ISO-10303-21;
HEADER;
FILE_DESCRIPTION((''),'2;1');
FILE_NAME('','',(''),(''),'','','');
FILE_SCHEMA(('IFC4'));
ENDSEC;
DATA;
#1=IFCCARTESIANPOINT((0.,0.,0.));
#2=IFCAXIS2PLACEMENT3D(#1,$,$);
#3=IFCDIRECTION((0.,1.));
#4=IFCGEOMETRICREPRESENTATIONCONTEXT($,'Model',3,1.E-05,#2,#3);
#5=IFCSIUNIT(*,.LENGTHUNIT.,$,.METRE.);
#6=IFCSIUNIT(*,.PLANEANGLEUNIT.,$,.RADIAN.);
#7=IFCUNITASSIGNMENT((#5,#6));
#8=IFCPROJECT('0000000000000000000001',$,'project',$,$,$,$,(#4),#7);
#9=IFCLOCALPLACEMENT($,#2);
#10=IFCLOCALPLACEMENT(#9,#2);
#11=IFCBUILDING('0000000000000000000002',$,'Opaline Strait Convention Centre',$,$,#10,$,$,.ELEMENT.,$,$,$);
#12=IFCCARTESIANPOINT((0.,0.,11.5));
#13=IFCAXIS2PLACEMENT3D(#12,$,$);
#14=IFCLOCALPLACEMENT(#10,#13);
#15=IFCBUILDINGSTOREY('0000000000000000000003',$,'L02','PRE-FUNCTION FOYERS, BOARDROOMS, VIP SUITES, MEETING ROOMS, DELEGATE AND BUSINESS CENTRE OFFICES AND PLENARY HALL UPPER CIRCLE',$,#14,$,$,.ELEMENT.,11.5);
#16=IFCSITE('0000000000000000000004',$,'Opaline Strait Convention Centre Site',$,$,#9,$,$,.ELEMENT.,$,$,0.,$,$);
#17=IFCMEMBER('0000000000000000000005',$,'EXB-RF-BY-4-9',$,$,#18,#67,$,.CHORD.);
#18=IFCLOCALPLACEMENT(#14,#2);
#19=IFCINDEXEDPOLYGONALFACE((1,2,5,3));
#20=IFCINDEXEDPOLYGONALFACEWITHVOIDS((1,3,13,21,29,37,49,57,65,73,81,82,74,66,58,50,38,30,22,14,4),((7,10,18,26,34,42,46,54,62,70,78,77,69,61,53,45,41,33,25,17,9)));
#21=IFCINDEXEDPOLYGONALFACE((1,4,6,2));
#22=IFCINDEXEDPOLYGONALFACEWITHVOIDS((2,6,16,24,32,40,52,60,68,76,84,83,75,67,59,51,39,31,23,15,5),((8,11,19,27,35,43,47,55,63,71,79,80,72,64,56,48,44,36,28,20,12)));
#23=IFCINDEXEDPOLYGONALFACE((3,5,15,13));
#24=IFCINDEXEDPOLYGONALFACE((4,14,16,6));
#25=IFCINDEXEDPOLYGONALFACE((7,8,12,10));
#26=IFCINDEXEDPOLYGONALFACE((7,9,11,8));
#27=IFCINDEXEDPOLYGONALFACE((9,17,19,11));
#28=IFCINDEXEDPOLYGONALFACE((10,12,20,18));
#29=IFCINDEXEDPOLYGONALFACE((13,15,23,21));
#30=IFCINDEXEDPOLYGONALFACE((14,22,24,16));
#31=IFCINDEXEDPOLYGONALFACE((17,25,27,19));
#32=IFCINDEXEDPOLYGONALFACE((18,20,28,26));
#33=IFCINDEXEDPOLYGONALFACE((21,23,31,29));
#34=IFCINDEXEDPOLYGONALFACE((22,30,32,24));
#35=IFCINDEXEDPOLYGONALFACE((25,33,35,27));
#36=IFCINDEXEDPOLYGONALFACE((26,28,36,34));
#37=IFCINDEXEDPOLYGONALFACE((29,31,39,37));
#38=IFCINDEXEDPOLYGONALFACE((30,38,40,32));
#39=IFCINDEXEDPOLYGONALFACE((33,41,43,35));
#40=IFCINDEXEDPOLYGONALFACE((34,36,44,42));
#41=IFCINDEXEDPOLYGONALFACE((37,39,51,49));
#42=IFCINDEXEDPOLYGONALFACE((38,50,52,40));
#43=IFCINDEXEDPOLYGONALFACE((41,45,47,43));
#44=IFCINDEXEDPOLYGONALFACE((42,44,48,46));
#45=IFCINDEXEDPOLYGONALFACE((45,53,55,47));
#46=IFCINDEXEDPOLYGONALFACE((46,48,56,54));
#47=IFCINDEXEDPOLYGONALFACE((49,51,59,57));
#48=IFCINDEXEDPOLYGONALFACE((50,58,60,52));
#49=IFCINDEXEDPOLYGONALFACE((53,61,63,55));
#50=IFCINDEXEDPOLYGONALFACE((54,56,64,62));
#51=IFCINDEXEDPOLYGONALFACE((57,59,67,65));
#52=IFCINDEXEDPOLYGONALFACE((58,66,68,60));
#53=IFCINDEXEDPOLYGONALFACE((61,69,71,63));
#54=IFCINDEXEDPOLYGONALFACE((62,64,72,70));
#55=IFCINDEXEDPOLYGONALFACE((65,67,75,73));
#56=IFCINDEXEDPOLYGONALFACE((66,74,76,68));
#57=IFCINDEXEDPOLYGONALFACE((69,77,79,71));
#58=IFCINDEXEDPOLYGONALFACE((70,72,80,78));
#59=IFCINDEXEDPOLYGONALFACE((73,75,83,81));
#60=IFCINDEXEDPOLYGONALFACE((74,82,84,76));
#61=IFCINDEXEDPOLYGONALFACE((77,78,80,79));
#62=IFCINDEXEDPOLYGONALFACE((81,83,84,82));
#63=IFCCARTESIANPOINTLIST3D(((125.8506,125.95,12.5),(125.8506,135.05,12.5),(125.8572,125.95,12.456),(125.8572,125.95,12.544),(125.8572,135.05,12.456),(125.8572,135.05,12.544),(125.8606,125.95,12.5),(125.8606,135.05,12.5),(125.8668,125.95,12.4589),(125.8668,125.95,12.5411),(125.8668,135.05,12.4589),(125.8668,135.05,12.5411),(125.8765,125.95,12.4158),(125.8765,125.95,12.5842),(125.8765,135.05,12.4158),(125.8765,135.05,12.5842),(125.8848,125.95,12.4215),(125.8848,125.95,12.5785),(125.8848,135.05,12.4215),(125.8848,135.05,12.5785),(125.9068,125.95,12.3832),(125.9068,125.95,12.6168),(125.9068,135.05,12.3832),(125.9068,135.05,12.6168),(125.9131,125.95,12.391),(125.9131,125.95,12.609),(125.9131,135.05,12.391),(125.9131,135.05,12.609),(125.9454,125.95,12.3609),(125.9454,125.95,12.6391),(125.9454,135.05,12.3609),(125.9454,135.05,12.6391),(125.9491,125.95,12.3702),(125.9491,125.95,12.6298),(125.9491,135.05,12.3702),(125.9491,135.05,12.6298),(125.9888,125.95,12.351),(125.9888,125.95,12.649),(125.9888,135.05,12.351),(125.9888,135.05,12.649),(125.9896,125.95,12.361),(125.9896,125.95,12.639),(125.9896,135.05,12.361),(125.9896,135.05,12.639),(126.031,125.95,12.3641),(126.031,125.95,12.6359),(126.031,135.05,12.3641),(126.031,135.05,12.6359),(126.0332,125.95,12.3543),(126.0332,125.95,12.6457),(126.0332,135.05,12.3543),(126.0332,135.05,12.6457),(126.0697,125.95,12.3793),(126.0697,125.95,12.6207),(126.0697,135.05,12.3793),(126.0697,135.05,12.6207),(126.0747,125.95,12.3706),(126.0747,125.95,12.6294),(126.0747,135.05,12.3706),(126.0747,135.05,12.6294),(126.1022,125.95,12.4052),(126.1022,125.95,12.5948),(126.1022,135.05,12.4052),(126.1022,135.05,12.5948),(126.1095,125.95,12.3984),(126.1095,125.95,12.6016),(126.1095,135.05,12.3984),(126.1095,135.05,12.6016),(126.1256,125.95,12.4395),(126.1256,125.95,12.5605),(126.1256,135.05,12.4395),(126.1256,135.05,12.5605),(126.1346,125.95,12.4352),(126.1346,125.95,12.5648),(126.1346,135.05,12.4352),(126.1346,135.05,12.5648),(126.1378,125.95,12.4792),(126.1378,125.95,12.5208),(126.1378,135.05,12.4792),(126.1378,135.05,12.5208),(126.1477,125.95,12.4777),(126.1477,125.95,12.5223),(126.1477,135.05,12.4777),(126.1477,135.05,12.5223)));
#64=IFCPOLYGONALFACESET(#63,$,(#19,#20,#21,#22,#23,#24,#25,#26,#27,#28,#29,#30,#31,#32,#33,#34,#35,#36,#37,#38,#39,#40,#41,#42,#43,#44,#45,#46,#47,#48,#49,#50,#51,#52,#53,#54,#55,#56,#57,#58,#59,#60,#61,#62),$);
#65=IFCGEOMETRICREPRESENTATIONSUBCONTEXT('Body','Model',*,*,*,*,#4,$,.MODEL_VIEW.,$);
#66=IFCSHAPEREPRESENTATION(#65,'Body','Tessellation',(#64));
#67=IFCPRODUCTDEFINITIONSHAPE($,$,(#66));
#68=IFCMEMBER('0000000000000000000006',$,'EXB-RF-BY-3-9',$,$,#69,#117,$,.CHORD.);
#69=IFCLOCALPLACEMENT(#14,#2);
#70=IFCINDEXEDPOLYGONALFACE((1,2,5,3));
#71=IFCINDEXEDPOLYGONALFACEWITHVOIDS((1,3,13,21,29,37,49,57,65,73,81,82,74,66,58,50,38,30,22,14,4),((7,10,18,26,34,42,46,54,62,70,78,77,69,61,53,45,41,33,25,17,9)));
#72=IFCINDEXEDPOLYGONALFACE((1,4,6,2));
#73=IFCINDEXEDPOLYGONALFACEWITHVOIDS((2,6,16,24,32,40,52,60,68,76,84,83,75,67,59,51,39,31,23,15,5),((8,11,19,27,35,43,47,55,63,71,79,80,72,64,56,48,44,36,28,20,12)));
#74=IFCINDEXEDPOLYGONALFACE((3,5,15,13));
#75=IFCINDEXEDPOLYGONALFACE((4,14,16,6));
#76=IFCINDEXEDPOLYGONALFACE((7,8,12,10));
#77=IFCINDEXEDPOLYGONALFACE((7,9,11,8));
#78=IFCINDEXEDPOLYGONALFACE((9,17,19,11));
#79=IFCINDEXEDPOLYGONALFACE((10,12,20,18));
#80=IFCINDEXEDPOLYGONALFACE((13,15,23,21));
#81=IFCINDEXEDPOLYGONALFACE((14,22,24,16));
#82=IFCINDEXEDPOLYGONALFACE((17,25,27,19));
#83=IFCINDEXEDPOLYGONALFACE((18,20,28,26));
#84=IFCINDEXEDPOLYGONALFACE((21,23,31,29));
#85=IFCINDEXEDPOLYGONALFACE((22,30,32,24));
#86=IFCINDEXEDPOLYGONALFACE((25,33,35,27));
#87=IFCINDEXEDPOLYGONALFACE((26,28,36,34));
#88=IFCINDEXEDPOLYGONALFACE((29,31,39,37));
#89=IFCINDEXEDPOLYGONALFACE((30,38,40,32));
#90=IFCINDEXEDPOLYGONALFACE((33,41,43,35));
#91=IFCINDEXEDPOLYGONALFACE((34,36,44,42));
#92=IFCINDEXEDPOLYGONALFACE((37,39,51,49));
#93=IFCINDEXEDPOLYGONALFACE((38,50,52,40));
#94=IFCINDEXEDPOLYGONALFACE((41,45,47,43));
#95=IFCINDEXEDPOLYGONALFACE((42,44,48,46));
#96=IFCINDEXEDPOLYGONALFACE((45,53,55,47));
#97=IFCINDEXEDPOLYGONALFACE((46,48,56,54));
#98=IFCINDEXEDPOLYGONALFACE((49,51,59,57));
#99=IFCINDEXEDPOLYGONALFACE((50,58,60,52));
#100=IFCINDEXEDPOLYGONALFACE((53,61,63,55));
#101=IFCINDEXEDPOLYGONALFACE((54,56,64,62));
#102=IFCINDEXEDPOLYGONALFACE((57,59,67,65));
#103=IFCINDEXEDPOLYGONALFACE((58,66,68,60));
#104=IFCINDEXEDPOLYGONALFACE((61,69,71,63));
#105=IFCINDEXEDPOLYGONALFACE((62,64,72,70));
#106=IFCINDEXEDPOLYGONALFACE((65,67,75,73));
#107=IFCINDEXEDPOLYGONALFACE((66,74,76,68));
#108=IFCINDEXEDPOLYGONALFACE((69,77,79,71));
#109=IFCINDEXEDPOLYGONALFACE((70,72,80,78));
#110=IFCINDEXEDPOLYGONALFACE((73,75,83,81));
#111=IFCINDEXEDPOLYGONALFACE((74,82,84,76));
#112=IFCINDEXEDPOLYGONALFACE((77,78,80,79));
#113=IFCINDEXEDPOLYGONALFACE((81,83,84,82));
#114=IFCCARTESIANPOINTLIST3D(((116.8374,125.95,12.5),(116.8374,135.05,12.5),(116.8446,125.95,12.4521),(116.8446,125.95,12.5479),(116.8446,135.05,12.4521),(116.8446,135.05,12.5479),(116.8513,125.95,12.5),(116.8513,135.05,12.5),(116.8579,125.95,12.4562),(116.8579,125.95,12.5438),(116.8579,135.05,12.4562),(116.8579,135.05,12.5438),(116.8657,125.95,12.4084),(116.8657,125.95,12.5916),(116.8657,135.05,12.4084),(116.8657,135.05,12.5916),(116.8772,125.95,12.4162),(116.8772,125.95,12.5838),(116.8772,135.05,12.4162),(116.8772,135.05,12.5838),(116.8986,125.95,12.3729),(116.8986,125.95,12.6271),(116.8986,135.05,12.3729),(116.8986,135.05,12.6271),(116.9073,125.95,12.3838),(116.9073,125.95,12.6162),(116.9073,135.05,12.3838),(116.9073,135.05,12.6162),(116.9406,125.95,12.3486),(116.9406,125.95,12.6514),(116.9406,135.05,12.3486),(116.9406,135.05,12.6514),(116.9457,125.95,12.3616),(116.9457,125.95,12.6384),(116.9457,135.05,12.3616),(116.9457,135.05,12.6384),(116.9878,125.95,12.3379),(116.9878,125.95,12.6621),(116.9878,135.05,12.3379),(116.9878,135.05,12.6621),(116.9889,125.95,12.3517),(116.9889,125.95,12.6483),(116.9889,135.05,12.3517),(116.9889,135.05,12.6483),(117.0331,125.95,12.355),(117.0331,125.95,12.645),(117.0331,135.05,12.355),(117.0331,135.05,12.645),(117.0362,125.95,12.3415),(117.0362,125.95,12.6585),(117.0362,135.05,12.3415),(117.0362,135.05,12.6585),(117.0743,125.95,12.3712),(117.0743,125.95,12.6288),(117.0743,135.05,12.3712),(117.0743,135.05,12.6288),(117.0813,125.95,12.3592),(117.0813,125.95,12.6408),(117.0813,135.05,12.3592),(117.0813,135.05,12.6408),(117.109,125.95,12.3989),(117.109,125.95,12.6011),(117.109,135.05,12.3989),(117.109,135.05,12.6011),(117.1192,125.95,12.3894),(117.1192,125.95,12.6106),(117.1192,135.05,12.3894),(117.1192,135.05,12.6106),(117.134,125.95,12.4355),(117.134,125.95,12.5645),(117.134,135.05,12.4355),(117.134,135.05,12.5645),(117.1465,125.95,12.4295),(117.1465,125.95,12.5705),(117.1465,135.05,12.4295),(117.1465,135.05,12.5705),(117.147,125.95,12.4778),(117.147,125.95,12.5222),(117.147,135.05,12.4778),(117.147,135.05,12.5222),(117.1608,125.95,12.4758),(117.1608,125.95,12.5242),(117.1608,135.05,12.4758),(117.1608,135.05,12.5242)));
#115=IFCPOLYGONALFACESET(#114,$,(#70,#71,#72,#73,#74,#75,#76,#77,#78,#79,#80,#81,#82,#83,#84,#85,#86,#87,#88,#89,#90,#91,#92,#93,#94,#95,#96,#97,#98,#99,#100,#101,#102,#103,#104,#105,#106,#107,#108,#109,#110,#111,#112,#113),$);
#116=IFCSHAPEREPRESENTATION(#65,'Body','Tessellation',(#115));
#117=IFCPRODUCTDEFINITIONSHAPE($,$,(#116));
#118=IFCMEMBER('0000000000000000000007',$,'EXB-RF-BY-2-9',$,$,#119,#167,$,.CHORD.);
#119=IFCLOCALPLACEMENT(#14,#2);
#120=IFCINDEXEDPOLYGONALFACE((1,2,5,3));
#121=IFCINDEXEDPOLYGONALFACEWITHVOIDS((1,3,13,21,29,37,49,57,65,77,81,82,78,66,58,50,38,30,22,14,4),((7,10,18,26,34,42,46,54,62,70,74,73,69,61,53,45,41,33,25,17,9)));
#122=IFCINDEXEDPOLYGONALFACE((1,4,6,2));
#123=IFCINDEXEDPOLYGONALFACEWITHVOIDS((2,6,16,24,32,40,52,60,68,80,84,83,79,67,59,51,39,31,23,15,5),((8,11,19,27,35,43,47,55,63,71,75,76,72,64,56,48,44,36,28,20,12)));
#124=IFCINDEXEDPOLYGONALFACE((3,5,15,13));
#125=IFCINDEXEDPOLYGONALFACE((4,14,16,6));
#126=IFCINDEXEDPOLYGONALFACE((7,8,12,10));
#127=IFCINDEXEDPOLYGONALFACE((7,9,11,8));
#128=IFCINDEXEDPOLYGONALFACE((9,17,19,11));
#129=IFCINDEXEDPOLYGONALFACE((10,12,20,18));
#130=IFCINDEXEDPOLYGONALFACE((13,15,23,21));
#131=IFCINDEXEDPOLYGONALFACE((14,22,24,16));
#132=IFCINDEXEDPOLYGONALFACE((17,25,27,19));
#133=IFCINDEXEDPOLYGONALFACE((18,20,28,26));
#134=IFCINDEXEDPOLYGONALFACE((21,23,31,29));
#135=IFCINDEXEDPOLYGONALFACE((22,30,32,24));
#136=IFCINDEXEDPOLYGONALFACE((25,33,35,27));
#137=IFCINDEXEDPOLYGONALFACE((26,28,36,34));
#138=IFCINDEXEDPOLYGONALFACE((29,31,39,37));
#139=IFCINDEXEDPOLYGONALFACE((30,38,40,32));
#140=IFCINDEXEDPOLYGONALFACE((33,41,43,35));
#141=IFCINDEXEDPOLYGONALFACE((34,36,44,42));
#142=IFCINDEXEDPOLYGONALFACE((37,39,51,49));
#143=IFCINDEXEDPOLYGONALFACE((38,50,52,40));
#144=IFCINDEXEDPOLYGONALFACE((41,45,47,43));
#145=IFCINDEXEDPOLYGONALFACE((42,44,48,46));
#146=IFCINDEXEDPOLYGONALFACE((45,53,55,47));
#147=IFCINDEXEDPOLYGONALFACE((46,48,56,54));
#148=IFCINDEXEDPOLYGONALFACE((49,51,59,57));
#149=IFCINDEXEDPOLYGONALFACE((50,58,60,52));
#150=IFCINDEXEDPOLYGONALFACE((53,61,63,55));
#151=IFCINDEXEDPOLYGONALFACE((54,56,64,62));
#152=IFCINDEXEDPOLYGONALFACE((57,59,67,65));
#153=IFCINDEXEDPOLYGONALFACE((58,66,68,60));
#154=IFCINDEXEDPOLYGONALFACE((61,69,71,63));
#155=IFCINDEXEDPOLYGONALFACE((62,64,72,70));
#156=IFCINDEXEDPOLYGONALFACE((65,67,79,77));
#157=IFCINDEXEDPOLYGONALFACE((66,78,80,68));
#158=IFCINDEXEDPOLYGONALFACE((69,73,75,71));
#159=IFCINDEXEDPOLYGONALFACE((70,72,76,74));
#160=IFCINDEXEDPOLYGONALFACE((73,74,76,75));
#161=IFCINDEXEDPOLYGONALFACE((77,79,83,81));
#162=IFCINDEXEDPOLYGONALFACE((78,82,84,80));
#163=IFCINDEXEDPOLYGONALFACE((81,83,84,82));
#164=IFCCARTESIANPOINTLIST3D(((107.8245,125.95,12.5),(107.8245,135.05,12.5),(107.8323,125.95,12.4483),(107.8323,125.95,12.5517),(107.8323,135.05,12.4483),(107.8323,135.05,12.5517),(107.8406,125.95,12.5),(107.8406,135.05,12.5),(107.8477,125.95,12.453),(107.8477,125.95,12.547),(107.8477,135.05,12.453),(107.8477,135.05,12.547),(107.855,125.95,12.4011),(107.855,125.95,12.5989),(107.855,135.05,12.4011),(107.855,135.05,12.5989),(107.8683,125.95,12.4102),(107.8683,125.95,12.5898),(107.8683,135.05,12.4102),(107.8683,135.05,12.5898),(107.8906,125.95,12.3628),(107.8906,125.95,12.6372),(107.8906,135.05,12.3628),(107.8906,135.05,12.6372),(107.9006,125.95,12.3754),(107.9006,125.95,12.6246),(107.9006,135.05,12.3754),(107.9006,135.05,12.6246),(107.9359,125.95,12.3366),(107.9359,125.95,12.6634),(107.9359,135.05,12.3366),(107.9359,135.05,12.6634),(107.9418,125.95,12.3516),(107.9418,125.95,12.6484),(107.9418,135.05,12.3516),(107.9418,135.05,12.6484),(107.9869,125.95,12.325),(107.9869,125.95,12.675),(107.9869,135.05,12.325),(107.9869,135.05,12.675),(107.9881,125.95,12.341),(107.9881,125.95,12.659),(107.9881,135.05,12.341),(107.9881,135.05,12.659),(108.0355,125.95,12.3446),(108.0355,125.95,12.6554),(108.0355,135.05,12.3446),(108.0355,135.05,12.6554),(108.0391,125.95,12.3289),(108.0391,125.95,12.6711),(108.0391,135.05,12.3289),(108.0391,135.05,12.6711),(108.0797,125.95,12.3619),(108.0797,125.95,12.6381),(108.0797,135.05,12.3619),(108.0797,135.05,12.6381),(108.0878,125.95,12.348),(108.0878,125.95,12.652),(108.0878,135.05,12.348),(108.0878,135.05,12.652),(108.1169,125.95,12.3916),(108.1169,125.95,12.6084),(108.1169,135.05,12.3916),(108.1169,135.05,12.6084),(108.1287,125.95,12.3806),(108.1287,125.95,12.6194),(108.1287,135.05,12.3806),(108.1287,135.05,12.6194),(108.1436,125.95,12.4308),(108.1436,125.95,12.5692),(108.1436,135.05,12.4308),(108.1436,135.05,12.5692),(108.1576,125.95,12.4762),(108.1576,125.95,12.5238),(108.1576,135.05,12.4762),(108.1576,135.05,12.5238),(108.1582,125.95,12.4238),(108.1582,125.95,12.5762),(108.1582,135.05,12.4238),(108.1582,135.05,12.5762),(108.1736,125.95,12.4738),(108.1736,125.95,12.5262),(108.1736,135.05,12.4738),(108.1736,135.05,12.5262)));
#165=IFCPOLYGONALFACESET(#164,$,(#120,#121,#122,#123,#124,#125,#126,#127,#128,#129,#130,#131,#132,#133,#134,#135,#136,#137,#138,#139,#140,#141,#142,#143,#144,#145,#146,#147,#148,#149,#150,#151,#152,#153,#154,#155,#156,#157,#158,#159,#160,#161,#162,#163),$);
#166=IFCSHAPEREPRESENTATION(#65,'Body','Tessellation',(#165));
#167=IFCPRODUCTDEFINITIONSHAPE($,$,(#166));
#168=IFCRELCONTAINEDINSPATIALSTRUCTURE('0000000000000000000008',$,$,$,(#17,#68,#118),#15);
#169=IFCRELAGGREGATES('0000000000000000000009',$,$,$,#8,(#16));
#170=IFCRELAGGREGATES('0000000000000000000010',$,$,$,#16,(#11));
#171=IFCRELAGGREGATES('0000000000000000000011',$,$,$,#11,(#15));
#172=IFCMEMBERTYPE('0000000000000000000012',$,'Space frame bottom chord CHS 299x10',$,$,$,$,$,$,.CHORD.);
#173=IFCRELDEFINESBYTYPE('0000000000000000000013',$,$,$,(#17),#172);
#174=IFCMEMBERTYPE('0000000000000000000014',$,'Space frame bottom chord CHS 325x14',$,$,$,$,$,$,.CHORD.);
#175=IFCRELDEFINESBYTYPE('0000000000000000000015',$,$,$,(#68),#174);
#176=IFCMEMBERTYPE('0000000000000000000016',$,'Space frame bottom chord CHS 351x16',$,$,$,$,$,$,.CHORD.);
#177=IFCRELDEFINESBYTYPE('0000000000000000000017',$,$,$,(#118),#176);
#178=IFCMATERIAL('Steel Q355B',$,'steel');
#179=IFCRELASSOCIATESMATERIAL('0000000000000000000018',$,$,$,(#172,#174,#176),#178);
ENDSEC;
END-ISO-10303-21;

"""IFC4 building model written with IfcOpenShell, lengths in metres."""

from ifc_helpers import new_model, si_unit, direction, frame, origin, origin_2d, place, context, subcontext, project, spatial, hollow_circle, extrude, material, material_profile, profile_set, type_object, element, save


model = new_model("IFC4")

# Units and contexts
model_context = context("Model", 3, precision=1e-05, world=origin(), true_north=direction((0.0, 1.0)))
body_context = subcontext(model_context, "Body", "Model", "MODEL_VIEW")
ifc_project = project(units=[si_unit("LENGTHUNIT", "METRE"), si_unit("PLANEANGLEUNIT", "RADIAN")], contexts=[model_context])

# Site, building, storey
site_placement = place(None, origin())
site = spatial("IfcSite", under=ifc_project, at=site_placement, Name="Opaline Strait Convention Centre Site", CompositionType="ELEMENT", RefElevation=0.0)
building_placement = place(site_placement, origin())
building = spatial("IfcBuilding", under=site, at=building_placement, Name="Opaline Strait Convention Centre", CompositionType="ELEMENT")
storey_placement = place(building_placement, frame((0.0, 0.0, 11.5)))
storey = spatial("IfcBuildingStorey", under=building, at=storey_placement, Name="L02", Description="PRE-FUNCTION FOYERS, BOARDROOMS, VIP SUITES, MEETING ROOMS, DELEGATE AND BUSINESS CENTRE OFFICES AND PLENARY HALL UPPER CIRCLE", CompositionType="ELEMENT", Elevation=11.5)

# Members
ifc_material = material(Name="Steel Q355B", Category="steel")
ifc_material_profile_1 = material_profile(ifc_material, hollow_circle(Radius=0.1494, WallThickness=0.01, at=origin_2d()), Name="CHS 299x10")
ifc_profile_set_1 = profile_set([ifc_material_profile_1], Name="Steel Q355B")
member_type_1 = type_object("IfcMemberType", Name="Space frame bottom chord CHS 299x10", PredefinedType="CHORD", material=ifc_profile_set_1)
for number, where, z_axis, x_axis, name in (
    (1, (126.0, 125.95, 12.5), (0.0, 1.0, 0.0), (-1.0, 0.0, 0.0), "EXB-RF-BY-4-9"),
):
    element("IfcMember", number, at=place(storey_placement, frame(where, z_axis=z_axis, x_axis=x_axis)), inside=storey, type_object=member_type_1, Name=name, PredefinedType="CHORD", context=body_context, shape_type="SweptSolid", body=[
        extrude(hollow_circle(Radius=0.1494, WallThickness=0.01, at=origin_2d()), origin(), (0.0, 0.0, 1.0), 9.1001),
    ])
ifc_material_profile_2 = material_profile(ifc_material, hollow_circle(Radius=0.1626, WallThickness=0.0139, at=origin_2d()), Name="CHS 325x14")
ifc_profile_set_2 = profile_set([ifc_material_profile_2], Name="Steel Q355B")
member_type_2 = type_object("IfcMemberType", Name="Space frame bottom chord CHS 325x14", PredefinedType="CHORD", material=ifc_profile_set_2)
member_1_placement = place(storey_placement, frame((117.0, 125.95, 12.5), z_axis=(0.0, 1.0, 0.0), x_axis=(-1.0, 0.0, 0.0)))
element("IfcMember", 2, at=member_1_placement, inside=storey, type_object=member_type_2, Name="EXB-RF-BY-3-9", PredefinedType="CHORD", context=body_context, shape_type="SweptSolid", body=[
    extrude(hollow_circle(Radius=0.1626, WallThickness=0.0139, at=origin_2d()), origin(), (0.0, 0.0, 1.0), 9.1001),
])
ifc_material_profile_3 = material_profile(ifc_material, hollow_circle(Radius=0.1755, WallThickness=0.0161, at=origin_2d()), Name="CHS 351x16")
ifc_profile_set_3 = profile_set([ifc_material_profile_3], Name="Steel Q355B")
member_type_3 = type_object("IfcMemberType", Name="Space frame bottom chord CHS 351x16", PredefinedType="CHORD", material=ifc_profile_set_3)
member_2_placement = place(storey_placement, frame((108.0, 125.95, 12.5), z_axis=(0.0, 1.0, 0.0), x_axis=(-1.0, 0.0, 0.0)))
element("IfcMember", 3, at=member_2_placement, inside=storey, type_object=member_type_3, Name="EXB-RF-BY-2-9", PredefinedType="CHORD", context=body_context, shape_type="SweptSolid", body=[
    extrude(hollow_circle(Radius=0.1755, WallThickness=0.0161, at=origin_2d()), origin(), (0.0, 0.0, 1.0), 9.1001),
])

save(model, "model.ifc")
